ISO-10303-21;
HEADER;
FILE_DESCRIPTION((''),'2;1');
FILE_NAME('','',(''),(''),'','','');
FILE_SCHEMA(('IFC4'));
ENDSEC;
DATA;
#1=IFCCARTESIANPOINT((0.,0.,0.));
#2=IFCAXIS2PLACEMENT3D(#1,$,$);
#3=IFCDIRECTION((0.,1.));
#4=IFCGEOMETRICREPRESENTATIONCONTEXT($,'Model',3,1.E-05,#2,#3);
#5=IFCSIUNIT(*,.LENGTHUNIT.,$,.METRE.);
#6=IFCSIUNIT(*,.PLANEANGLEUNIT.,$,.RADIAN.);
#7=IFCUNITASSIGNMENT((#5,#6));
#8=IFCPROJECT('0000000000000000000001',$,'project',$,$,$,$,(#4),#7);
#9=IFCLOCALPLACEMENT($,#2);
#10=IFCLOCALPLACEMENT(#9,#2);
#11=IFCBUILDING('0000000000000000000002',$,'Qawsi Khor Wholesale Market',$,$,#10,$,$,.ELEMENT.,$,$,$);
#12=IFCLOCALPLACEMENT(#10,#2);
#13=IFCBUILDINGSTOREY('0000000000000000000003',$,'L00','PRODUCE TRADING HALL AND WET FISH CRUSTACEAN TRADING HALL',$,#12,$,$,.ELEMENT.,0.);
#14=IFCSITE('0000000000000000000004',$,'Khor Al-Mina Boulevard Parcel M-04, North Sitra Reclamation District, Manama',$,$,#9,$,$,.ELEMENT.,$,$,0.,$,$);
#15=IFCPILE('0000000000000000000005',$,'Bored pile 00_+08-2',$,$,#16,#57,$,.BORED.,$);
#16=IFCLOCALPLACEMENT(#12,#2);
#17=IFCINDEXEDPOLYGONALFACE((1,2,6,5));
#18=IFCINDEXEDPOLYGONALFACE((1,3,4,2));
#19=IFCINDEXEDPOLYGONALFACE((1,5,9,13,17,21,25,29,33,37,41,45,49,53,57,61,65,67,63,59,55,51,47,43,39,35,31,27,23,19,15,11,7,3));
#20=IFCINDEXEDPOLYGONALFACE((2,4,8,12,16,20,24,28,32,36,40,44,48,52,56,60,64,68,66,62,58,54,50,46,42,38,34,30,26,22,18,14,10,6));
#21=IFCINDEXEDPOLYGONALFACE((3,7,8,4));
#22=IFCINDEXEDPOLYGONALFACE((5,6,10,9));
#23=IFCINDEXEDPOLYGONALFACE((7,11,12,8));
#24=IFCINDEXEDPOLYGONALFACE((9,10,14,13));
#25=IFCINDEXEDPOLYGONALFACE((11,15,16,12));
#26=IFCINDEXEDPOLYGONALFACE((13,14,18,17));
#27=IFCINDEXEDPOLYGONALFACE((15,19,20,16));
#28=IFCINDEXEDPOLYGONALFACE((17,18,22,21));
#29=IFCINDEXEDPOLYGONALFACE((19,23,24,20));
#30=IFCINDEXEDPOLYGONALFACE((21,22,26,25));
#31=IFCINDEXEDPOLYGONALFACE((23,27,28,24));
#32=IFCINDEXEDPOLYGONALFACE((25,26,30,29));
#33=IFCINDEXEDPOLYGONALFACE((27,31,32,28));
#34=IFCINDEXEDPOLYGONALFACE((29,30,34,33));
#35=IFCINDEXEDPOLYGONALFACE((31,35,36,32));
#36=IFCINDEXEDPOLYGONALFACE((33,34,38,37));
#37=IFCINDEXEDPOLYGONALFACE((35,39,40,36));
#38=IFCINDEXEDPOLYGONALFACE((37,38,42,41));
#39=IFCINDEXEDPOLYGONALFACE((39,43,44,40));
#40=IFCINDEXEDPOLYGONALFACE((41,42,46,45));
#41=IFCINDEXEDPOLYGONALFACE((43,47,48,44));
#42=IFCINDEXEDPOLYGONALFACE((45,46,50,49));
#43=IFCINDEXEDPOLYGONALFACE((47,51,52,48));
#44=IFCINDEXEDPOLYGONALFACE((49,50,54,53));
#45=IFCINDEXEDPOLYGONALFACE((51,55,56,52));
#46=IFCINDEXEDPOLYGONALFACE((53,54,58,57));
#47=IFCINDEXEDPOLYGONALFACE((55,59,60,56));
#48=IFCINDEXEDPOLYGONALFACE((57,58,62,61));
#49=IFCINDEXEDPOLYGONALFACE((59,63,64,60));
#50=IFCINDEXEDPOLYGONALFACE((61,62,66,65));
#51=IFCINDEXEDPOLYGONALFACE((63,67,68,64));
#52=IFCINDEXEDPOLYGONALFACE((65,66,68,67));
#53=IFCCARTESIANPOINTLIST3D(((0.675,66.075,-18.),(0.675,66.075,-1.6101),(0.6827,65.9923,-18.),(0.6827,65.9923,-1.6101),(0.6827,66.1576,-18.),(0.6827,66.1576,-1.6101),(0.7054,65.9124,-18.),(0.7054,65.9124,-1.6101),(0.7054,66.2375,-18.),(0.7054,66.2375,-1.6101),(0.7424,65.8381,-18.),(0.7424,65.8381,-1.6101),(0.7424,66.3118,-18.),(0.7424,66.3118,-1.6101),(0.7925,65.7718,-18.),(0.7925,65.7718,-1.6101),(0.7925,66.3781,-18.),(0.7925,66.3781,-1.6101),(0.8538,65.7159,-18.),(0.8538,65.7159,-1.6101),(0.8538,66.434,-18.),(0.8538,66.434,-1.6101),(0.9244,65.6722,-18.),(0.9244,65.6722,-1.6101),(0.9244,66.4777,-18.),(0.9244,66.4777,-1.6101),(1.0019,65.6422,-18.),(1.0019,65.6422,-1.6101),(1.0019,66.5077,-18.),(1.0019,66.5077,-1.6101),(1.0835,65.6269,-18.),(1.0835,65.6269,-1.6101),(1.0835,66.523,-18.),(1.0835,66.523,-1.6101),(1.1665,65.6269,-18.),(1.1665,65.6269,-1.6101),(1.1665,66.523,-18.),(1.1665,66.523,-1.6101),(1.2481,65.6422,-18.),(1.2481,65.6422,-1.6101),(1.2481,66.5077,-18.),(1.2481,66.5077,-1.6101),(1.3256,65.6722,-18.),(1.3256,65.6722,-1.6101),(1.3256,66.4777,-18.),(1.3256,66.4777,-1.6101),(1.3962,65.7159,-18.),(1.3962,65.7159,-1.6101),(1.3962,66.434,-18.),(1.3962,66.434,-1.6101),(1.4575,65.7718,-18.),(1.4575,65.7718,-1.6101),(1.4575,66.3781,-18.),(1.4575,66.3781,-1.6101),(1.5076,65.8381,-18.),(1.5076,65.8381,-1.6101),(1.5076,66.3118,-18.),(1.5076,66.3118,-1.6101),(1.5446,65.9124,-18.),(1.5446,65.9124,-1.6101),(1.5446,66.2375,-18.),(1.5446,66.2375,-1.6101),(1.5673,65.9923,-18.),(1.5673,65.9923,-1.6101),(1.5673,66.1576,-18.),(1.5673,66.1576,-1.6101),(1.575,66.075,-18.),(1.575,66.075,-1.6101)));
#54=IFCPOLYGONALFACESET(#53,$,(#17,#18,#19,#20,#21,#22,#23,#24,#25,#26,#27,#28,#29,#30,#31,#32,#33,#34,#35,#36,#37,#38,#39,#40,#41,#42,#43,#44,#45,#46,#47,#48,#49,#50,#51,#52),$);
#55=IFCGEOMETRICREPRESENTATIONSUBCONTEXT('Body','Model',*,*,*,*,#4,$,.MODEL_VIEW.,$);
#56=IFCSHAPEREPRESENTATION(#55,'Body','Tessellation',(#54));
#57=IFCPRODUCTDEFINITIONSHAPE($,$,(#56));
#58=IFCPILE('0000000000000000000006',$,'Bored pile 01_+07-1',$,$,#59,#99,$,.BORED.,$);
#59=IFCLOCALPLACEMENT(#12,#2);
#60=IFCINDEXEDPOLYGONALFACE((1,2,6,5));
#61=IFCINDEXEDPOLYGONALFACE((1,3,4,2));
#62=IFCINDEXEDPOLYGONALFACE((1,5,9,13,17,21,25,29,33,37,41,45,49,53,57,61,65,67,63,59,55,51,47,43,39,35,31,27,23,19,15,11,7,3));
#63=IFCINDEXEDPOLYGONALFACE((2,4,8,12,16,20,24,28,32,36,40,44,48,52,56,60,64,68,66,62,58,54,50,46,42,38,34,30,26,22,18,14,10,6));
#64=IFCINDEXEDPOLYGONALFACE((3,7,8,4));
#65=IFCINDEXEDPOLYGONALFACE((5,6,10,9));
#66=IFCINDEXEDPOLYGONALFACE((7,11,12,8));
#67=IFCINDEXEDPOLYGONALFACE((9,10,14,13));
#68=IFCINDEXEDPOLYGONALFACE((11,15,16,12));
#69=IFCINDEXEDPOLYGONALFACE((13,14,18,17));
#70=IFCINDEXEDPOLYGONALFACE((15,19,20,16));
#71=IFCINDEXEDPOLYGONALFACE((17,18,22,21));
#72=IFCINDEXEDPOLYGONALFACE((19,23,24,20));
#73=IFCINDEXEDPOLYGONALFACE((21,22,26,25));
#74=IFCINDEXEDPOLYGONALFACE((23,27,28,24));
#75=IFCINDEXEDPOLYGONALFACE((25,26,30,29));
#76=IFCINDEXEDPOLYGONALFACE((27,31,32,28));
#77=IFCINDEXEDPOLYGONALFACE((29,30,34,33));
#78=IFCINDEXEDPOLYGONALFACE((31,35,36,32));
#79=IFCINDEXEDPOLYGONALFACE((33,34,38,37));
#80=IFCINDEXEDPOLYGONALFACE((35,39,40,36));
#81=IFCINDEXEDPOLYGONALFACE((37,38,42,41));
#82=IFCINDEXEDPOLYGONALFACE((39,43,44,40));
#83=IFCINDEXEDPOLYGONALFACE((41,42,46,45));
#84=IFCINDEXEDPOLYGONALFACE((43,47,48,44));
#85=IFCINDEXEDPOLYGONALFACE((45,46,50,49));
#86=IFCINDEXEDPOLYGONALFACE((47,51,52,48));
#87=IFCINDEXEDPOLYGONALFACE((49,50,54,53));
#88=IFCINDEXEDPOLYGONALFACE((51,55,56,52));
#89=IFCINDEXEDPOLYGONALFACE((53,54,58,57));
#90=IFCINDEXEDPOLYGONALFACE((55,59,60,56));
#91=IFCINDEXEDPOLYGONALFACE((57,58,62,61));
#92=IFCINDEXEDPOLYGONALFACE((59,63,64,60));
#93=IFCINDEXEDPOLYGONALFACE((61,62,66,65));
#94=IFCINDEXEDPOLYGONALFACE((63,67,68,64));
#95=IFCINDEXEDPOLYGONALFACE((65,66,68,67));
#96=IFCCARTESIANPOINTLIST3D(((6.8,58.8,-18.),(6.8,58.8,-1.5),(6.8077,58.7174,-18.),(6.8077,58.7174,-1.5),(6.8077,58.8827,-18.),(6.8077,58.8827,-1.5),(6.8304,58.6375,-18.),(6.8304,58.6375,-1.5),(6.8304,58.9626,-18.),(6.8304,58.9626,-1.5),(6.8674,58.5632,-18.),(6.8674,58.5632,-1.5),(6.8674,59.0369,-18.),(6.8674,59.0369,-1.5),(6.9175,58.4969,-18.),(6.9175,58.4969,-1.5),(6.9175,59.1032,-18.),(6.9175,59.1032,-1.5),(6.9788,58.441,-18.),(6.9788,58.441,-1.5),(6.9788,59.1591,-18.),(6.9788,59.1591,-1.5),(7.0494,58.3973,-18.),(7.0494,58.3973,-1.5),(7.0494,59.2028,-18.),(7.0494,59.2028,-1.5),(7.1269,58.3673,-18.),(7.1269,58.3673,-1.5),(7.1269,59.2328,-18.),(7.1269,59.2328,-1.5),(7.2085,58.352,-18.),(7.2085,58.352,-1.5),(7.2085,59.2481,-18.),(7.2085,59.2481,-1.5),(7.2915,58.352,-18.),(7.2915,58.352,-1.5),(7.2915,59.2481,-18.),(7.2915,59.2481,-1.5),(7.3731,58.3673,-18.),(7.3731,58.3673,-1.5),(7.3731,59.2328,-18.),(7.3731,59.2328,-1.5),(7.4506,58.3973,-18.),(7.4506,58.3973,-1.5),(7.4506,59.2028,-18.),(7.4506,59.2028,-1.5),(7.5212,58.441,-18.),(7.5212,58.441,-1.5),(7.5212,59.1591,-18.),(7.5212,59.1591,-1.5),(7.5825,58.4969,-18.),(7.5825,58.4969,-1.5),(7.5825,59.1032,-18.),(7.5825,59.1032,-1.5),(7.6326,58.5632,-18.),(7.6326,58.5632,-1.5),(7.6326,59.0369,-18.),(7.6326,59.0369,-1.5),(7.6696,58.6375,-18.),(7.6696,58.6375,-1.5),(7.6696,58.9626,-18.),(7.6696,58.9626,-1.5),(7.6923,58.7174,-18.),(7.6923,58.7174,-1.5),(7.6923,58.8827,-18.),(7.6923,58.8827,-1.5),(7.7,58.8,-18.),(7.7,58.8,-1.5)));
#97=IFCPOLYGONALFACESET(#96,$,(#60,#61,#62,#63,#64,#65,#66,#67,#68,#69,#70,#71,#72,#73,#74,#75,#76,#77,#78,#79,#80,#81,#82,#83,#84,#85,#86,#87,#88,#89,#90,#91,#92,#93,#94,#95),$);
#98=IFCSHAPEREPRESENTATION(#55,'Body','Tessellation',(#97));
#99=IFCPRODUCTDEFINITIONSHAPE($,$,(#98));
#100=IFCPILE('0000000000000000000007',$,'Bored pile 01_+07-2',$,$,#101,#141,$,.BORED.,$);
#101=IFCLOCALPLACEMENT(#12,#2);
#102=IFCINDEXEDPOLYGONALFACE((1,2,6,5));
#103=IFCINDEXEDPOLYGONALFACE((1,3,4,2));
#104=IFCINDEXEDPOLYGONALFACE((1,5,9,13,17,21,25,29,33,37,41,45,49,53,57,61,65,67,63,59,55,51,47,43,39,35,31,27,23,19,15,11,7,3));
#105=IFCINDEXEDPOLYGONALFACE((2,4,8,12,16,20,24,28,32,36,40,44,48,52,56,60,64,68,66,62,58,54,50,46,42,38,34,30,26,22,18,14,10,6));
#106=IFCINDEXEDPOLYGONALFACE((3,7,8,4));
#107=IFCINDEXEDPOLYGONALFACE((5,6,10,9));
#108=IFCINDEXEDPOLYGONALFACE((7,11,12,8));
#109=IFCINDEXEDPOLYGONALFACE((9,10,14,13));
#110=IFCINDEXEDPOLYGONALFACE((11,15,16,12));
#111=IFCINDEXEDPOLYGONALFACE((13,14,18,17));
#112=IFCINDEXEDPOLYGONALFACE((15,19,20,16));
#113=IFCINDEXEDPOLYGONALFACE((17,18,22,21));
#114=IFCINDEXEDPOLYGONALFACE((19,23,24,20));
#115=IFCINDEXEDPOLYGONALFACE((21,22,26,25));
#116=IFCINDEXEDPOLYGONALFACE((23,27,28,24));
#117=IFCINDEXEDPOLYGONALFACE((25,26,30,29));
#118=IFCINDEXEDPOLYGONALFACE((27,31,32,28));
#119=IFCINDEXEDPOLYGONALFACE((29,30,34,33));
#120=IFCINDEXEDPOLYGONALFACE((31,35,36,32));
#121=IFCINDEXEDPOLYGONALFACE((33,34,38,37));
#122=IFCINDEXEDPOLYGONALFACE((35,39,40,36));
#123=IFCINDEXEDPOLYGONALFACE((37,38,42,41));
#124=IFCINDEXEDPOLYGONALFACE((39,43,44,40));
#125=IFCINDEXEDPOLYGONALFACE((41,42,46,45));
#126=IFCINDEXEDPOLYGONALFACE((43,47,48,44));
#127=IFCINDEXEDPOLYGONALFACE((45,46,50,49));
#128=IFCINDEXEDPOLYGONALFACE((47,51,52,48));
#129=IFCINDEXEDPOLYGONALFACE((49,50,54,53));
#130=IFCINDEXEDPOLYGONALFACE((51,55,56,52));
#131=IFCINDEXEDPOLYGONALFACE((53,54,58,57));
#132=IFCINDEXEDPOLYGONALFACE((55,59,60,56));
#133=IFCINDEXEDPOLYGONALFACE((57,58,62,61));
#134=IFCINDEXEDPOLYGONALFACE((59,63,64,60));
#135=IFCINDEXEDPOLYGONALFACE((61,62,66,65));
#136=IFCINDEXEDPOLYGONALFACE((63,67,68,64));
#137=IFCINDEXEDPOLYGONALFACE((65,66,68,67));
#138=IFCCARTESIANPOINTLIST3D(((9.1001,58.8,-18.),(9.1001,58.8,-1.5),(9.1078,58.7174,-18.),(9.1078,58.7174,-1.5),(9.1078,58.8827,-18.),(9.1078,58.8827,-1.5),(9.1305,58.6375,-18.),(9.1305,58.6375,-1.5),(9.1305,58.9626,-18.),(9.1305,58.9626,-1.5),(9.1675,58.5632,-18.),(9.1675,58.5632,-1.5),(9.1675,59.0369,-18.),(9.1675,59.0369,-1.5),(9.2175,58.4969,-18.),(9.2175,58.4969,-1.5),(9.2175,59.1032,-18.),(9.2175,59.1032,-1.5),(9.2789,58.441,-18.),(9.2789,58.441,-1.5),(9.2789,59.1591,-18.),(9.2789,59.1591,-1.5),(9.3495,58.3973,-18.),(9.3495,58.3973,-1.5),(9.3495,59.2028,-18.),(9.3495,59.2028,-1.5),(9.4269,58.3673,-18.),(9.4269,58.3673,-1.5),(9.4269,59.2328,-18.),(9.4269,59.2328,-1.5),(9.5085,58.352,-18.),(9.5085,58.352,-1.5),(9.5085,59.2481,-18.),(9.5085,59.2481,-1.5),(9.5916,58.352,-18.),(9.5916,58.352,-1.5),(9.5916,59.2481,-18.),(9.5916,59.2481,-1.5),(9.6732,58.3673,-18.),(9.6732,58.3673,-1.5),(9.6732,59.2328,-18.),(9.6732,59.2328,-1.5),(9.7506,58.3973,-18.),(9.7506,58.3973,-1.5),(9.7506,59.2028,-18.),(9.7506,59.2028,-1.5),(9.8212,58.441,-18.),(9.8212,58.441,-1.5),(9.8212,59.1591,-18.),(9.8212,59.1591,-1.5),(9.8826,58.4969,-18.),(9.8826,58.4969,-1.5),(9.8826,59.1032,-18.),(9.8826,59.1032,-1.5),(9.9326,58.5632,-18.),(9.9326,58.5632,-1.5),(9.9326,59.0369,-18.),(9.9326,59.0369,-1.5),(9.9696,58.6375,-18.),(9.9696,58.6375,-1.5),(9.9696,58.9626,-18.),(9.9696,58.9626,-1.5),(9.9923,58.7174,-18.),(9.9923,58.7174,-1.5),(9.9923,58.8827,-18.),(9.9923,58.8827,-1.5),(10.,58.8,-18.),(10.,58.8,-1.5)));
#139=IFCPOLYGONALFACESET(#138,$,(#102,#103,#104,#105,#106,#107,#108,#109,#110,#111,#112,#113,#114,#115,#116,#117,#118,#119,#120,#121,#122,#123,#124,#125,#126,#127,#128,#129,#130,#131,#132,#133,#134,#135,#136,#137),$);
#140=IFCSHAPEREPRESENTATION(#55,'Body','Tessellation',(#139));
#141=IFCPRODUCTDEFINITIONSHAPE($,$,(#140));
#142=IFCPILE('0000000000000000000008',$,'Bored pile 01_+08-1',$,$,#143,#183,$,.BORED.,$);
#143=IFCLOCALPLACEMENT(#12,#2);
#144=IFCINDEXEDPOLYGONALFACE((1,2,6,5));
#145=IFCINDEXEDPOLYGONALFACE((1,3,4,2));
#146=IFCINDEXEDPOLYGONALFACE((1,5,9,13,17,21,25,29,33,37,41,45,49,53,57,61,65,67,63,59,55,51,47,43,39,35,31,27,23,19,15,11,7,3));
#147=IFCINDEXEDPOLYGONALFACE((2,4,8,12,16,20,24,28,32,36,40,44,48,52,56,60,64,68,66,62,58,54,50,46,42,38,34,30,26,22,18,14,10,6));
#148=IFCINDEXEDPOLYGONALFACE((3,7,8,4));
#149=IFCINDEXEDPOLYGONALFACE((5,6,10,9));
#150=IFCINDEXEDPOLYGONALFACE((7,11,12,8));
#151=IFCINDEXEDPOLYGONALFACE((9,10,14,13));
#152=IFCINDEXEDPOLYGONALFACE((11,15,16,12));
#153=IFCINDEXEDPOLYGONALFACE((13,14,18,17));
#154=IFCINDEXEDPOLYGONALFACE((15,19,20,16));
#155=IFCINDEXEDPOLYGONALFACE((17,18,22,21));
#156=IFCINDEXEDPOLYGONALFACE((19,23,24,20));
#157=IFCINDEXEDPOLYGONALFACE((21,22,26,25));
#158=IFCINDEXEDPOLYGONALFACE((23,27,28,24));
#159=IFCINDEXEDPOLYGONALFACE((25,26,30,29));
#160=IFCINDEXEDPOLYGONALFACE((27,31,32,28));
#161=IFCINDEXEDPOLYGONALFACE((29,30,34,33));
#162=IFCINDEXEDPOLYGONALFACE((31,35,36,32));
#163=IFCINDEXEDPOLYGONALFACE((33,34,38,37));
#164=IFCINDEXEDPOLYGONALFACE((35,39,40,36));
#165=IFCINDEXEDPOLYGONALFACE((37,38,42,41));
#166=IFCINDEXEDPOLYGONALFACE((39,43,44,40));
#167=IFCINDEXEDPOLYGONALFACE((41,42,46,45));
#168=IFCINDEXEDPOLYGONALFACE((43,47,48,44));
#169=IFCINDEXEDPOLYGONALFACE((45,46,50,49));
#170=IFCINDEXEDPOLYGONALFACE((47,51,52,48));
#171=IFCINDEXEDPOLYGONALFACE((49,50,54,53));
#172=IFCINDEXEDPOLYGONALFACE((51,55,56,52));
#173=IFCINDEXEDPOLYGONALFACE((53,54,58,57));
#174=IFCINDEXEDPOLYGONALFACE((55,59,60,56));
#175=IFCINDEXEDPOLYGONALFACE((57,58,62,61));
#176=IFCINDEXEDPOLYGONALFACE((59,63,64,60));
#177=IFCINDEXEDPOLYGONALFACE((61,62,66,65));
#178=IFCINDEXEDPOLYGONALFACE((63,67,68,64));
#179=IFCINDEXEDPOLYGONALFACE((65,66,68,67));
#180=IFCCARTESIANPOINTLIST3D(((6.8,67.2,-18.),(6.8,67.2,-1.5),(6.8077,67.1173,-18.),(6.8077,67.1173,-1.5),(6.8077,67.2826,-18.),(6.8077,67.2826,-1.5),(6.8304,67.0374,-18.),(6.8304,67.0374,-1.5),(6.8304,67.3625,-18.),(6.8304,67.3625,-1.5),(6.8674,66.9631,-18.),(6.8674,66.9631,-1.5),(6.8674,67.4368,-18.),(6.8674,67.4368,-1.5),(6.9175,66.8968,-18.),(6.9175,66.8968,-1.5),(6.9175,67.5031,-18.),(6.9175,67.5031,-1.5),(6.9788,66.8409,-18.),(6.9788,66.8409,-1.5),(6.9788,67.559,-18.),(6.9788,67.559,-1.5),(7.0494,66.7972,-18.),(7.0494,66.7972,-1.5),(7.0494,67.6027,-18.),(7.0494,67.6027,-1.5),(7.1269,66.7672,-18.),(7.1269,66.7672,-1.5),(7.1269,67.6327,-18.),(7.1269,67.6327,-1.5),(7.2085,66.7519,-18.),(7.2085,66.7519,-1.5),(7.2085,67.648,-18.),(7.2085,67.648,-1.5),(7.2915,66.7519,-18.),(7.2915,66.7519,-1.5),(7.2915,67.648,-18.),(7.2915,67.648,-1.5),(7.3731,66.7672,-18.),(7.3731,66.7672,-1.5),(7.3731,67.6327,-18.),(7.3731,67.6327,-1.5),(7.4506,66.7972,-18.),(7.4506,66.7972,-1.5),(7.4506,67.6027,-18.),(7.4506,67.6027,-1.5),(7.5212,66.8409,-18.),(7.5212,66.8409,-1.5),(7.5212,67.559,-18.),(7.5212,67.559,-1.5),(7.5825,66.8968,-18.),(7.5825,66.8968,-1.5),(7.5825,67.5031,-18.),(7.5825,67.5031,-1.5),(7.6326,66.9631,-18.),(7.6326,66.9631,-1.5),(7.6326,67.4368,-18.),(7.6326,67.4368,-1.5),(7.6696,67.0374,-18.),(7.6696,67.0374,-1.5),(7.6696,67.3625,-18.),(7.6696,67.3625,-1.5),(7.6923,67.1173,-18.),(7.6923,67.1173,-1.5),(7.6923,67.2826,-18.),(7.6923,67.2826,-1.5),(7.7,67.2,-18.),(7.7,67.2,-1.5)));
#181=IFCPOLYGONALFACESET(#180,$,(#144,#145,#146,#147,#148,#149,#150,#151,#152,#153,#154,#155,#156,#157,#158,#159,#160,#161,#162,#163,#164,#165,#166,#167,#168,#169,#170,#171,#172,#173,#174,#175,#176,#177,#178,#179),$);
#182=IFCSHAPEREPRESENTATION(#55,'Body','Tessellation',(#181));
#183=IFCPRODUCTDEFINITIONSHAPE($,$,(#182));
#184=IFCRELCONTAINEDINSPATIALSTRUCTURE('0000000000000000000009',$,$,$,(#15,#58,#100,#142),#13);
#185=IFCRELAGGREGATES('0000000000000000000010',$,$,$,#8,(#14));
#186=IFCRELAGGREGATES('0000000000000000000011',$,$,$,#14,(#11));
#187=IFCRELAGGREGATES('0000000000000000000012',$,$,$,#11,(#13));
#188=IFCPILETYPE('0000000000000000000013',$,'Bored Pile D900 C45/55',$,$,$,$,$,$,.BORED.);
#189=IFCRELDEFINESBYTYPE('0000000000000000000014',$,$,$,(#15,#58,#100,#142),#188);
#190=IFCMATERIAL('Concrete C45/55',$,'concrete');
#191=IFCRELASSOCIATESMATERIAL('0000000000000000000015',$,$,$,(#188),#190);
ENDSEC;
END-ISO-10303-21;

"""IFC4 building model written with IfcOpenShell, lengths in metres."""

from ifc_helpers import new_model, si_unit, direction, frame, origin, origin_2d, place, context, subcontext, project, spatial, circle, extrude, material, material_profile, profile_set, type_object, element, save


model = new_model("IFC4")

# Units and contexts
model_context = context("Model", 3, precision=1e-05, world=origin(), true_north=direction((0.0, 1.0)))
body_context = subcontext(model_context, "Body", "Model", "MODEL_VIEW")
ifc_project = project(units=[si_unit("LENGTHUNIT", "METRE"), si_unit("PLANEANGLEUNIT", "RADIAN")], contexts=[model_context])

# Site, building, storey
site_placement = place(None, origin())
site = spatial("IfcSite", under=ifc_project, at=site_placement, Name="Khor Al-Mina Boulevard Parcel M-04, North Sitra Reclamation District, Manama", CompositionType="ELEMENT", RefElevation=0.0)
building_placement = place(site_placement, origin())
building = spatial("IfcBuilding", under=site, at=building_placement, Name="Qawsi Khor Wholesale Market", CompositionType="ELEMENT")
storey_placement = place(building_placement, origin())
storey = spatial("IfcBuildingStorey", under=building, at=storey_placement, Name="L00", Description="PRODUCE TRADING HALL AND WET FISH CRUSTACEAN TRADING HALL", CompositionType="ELEMENT", Elevation=0.0)

# Piles
ifc_material_1 = material(Name="Concrete C45/55", Category="concrete")
ifc_material_profile_1 = material_profile(ifc_material_1, circle(Radius=0.45, at=origin_2d()), Name="PILE D900")
ifc_profile_set_1 = profile_set([ifc_material_profile_1], Name="Concrete C45/55")
pile_type_1 = type_object("IfcPileType", Name="Bored Pile D900 C45/55", PredefinedType="BORED", material=ifc_profile_set_1)
for number, where, z_axis, x_axis, name in (
    (1, (1.125, 66.075, -1.6101), (0.0, 0.0, -1.0), (1.0, 0.0, 0.0), "Bored pile 00_+08-2"),
):
    element("IfcPile", number, at=place(storey_placement, frame(where, z_axis=z_axis, x_axis=x_axis)), inside=storey, type_object=pile_type_1, Name=name, PredefinedType="BORED", context=body_context, shape_type="SweptSolid", body=[
        extrude(circle(Radius=0.45, at=origin_2d()), origin(), (0.0, 0.0, 1.0), 16.3899),
    ])
for number, where, z_axis, x_axis, name in (
    (2, (7.25, 58.8, -1.5), (0.0, 0.0, -1.0), (1.0, 0.0, 0.0), "Bored pile 01_+07-1"),
    (3, (9.55, 58.8, -1.5), (0.0, 0.0, -1.0), (1.0, 0.0, 0.0), "Bored pile 01_+07-2"),
    (4, (7.25, 67.2, -1.5), (0.0, 0.0, -1.0), (1.0, 0.0, 0.0), "Bored pile 01_+08-1"),
):
    element("IfcPile", number, at=place(storey_placement, frame(where, z_axis=z_axis, x_axis=x_axis)), inside=storey, type_object=pile_type_1, Name=name, PredefinedType="BORED", context=body_context, shape_type="SweptSolid", body=[
        extrude(circle(Radius=0.45, at=origin_2d()), origin(), (0.0, 0.0, 1.0), 16.5),
    ])

save(model, "model.ifc")
